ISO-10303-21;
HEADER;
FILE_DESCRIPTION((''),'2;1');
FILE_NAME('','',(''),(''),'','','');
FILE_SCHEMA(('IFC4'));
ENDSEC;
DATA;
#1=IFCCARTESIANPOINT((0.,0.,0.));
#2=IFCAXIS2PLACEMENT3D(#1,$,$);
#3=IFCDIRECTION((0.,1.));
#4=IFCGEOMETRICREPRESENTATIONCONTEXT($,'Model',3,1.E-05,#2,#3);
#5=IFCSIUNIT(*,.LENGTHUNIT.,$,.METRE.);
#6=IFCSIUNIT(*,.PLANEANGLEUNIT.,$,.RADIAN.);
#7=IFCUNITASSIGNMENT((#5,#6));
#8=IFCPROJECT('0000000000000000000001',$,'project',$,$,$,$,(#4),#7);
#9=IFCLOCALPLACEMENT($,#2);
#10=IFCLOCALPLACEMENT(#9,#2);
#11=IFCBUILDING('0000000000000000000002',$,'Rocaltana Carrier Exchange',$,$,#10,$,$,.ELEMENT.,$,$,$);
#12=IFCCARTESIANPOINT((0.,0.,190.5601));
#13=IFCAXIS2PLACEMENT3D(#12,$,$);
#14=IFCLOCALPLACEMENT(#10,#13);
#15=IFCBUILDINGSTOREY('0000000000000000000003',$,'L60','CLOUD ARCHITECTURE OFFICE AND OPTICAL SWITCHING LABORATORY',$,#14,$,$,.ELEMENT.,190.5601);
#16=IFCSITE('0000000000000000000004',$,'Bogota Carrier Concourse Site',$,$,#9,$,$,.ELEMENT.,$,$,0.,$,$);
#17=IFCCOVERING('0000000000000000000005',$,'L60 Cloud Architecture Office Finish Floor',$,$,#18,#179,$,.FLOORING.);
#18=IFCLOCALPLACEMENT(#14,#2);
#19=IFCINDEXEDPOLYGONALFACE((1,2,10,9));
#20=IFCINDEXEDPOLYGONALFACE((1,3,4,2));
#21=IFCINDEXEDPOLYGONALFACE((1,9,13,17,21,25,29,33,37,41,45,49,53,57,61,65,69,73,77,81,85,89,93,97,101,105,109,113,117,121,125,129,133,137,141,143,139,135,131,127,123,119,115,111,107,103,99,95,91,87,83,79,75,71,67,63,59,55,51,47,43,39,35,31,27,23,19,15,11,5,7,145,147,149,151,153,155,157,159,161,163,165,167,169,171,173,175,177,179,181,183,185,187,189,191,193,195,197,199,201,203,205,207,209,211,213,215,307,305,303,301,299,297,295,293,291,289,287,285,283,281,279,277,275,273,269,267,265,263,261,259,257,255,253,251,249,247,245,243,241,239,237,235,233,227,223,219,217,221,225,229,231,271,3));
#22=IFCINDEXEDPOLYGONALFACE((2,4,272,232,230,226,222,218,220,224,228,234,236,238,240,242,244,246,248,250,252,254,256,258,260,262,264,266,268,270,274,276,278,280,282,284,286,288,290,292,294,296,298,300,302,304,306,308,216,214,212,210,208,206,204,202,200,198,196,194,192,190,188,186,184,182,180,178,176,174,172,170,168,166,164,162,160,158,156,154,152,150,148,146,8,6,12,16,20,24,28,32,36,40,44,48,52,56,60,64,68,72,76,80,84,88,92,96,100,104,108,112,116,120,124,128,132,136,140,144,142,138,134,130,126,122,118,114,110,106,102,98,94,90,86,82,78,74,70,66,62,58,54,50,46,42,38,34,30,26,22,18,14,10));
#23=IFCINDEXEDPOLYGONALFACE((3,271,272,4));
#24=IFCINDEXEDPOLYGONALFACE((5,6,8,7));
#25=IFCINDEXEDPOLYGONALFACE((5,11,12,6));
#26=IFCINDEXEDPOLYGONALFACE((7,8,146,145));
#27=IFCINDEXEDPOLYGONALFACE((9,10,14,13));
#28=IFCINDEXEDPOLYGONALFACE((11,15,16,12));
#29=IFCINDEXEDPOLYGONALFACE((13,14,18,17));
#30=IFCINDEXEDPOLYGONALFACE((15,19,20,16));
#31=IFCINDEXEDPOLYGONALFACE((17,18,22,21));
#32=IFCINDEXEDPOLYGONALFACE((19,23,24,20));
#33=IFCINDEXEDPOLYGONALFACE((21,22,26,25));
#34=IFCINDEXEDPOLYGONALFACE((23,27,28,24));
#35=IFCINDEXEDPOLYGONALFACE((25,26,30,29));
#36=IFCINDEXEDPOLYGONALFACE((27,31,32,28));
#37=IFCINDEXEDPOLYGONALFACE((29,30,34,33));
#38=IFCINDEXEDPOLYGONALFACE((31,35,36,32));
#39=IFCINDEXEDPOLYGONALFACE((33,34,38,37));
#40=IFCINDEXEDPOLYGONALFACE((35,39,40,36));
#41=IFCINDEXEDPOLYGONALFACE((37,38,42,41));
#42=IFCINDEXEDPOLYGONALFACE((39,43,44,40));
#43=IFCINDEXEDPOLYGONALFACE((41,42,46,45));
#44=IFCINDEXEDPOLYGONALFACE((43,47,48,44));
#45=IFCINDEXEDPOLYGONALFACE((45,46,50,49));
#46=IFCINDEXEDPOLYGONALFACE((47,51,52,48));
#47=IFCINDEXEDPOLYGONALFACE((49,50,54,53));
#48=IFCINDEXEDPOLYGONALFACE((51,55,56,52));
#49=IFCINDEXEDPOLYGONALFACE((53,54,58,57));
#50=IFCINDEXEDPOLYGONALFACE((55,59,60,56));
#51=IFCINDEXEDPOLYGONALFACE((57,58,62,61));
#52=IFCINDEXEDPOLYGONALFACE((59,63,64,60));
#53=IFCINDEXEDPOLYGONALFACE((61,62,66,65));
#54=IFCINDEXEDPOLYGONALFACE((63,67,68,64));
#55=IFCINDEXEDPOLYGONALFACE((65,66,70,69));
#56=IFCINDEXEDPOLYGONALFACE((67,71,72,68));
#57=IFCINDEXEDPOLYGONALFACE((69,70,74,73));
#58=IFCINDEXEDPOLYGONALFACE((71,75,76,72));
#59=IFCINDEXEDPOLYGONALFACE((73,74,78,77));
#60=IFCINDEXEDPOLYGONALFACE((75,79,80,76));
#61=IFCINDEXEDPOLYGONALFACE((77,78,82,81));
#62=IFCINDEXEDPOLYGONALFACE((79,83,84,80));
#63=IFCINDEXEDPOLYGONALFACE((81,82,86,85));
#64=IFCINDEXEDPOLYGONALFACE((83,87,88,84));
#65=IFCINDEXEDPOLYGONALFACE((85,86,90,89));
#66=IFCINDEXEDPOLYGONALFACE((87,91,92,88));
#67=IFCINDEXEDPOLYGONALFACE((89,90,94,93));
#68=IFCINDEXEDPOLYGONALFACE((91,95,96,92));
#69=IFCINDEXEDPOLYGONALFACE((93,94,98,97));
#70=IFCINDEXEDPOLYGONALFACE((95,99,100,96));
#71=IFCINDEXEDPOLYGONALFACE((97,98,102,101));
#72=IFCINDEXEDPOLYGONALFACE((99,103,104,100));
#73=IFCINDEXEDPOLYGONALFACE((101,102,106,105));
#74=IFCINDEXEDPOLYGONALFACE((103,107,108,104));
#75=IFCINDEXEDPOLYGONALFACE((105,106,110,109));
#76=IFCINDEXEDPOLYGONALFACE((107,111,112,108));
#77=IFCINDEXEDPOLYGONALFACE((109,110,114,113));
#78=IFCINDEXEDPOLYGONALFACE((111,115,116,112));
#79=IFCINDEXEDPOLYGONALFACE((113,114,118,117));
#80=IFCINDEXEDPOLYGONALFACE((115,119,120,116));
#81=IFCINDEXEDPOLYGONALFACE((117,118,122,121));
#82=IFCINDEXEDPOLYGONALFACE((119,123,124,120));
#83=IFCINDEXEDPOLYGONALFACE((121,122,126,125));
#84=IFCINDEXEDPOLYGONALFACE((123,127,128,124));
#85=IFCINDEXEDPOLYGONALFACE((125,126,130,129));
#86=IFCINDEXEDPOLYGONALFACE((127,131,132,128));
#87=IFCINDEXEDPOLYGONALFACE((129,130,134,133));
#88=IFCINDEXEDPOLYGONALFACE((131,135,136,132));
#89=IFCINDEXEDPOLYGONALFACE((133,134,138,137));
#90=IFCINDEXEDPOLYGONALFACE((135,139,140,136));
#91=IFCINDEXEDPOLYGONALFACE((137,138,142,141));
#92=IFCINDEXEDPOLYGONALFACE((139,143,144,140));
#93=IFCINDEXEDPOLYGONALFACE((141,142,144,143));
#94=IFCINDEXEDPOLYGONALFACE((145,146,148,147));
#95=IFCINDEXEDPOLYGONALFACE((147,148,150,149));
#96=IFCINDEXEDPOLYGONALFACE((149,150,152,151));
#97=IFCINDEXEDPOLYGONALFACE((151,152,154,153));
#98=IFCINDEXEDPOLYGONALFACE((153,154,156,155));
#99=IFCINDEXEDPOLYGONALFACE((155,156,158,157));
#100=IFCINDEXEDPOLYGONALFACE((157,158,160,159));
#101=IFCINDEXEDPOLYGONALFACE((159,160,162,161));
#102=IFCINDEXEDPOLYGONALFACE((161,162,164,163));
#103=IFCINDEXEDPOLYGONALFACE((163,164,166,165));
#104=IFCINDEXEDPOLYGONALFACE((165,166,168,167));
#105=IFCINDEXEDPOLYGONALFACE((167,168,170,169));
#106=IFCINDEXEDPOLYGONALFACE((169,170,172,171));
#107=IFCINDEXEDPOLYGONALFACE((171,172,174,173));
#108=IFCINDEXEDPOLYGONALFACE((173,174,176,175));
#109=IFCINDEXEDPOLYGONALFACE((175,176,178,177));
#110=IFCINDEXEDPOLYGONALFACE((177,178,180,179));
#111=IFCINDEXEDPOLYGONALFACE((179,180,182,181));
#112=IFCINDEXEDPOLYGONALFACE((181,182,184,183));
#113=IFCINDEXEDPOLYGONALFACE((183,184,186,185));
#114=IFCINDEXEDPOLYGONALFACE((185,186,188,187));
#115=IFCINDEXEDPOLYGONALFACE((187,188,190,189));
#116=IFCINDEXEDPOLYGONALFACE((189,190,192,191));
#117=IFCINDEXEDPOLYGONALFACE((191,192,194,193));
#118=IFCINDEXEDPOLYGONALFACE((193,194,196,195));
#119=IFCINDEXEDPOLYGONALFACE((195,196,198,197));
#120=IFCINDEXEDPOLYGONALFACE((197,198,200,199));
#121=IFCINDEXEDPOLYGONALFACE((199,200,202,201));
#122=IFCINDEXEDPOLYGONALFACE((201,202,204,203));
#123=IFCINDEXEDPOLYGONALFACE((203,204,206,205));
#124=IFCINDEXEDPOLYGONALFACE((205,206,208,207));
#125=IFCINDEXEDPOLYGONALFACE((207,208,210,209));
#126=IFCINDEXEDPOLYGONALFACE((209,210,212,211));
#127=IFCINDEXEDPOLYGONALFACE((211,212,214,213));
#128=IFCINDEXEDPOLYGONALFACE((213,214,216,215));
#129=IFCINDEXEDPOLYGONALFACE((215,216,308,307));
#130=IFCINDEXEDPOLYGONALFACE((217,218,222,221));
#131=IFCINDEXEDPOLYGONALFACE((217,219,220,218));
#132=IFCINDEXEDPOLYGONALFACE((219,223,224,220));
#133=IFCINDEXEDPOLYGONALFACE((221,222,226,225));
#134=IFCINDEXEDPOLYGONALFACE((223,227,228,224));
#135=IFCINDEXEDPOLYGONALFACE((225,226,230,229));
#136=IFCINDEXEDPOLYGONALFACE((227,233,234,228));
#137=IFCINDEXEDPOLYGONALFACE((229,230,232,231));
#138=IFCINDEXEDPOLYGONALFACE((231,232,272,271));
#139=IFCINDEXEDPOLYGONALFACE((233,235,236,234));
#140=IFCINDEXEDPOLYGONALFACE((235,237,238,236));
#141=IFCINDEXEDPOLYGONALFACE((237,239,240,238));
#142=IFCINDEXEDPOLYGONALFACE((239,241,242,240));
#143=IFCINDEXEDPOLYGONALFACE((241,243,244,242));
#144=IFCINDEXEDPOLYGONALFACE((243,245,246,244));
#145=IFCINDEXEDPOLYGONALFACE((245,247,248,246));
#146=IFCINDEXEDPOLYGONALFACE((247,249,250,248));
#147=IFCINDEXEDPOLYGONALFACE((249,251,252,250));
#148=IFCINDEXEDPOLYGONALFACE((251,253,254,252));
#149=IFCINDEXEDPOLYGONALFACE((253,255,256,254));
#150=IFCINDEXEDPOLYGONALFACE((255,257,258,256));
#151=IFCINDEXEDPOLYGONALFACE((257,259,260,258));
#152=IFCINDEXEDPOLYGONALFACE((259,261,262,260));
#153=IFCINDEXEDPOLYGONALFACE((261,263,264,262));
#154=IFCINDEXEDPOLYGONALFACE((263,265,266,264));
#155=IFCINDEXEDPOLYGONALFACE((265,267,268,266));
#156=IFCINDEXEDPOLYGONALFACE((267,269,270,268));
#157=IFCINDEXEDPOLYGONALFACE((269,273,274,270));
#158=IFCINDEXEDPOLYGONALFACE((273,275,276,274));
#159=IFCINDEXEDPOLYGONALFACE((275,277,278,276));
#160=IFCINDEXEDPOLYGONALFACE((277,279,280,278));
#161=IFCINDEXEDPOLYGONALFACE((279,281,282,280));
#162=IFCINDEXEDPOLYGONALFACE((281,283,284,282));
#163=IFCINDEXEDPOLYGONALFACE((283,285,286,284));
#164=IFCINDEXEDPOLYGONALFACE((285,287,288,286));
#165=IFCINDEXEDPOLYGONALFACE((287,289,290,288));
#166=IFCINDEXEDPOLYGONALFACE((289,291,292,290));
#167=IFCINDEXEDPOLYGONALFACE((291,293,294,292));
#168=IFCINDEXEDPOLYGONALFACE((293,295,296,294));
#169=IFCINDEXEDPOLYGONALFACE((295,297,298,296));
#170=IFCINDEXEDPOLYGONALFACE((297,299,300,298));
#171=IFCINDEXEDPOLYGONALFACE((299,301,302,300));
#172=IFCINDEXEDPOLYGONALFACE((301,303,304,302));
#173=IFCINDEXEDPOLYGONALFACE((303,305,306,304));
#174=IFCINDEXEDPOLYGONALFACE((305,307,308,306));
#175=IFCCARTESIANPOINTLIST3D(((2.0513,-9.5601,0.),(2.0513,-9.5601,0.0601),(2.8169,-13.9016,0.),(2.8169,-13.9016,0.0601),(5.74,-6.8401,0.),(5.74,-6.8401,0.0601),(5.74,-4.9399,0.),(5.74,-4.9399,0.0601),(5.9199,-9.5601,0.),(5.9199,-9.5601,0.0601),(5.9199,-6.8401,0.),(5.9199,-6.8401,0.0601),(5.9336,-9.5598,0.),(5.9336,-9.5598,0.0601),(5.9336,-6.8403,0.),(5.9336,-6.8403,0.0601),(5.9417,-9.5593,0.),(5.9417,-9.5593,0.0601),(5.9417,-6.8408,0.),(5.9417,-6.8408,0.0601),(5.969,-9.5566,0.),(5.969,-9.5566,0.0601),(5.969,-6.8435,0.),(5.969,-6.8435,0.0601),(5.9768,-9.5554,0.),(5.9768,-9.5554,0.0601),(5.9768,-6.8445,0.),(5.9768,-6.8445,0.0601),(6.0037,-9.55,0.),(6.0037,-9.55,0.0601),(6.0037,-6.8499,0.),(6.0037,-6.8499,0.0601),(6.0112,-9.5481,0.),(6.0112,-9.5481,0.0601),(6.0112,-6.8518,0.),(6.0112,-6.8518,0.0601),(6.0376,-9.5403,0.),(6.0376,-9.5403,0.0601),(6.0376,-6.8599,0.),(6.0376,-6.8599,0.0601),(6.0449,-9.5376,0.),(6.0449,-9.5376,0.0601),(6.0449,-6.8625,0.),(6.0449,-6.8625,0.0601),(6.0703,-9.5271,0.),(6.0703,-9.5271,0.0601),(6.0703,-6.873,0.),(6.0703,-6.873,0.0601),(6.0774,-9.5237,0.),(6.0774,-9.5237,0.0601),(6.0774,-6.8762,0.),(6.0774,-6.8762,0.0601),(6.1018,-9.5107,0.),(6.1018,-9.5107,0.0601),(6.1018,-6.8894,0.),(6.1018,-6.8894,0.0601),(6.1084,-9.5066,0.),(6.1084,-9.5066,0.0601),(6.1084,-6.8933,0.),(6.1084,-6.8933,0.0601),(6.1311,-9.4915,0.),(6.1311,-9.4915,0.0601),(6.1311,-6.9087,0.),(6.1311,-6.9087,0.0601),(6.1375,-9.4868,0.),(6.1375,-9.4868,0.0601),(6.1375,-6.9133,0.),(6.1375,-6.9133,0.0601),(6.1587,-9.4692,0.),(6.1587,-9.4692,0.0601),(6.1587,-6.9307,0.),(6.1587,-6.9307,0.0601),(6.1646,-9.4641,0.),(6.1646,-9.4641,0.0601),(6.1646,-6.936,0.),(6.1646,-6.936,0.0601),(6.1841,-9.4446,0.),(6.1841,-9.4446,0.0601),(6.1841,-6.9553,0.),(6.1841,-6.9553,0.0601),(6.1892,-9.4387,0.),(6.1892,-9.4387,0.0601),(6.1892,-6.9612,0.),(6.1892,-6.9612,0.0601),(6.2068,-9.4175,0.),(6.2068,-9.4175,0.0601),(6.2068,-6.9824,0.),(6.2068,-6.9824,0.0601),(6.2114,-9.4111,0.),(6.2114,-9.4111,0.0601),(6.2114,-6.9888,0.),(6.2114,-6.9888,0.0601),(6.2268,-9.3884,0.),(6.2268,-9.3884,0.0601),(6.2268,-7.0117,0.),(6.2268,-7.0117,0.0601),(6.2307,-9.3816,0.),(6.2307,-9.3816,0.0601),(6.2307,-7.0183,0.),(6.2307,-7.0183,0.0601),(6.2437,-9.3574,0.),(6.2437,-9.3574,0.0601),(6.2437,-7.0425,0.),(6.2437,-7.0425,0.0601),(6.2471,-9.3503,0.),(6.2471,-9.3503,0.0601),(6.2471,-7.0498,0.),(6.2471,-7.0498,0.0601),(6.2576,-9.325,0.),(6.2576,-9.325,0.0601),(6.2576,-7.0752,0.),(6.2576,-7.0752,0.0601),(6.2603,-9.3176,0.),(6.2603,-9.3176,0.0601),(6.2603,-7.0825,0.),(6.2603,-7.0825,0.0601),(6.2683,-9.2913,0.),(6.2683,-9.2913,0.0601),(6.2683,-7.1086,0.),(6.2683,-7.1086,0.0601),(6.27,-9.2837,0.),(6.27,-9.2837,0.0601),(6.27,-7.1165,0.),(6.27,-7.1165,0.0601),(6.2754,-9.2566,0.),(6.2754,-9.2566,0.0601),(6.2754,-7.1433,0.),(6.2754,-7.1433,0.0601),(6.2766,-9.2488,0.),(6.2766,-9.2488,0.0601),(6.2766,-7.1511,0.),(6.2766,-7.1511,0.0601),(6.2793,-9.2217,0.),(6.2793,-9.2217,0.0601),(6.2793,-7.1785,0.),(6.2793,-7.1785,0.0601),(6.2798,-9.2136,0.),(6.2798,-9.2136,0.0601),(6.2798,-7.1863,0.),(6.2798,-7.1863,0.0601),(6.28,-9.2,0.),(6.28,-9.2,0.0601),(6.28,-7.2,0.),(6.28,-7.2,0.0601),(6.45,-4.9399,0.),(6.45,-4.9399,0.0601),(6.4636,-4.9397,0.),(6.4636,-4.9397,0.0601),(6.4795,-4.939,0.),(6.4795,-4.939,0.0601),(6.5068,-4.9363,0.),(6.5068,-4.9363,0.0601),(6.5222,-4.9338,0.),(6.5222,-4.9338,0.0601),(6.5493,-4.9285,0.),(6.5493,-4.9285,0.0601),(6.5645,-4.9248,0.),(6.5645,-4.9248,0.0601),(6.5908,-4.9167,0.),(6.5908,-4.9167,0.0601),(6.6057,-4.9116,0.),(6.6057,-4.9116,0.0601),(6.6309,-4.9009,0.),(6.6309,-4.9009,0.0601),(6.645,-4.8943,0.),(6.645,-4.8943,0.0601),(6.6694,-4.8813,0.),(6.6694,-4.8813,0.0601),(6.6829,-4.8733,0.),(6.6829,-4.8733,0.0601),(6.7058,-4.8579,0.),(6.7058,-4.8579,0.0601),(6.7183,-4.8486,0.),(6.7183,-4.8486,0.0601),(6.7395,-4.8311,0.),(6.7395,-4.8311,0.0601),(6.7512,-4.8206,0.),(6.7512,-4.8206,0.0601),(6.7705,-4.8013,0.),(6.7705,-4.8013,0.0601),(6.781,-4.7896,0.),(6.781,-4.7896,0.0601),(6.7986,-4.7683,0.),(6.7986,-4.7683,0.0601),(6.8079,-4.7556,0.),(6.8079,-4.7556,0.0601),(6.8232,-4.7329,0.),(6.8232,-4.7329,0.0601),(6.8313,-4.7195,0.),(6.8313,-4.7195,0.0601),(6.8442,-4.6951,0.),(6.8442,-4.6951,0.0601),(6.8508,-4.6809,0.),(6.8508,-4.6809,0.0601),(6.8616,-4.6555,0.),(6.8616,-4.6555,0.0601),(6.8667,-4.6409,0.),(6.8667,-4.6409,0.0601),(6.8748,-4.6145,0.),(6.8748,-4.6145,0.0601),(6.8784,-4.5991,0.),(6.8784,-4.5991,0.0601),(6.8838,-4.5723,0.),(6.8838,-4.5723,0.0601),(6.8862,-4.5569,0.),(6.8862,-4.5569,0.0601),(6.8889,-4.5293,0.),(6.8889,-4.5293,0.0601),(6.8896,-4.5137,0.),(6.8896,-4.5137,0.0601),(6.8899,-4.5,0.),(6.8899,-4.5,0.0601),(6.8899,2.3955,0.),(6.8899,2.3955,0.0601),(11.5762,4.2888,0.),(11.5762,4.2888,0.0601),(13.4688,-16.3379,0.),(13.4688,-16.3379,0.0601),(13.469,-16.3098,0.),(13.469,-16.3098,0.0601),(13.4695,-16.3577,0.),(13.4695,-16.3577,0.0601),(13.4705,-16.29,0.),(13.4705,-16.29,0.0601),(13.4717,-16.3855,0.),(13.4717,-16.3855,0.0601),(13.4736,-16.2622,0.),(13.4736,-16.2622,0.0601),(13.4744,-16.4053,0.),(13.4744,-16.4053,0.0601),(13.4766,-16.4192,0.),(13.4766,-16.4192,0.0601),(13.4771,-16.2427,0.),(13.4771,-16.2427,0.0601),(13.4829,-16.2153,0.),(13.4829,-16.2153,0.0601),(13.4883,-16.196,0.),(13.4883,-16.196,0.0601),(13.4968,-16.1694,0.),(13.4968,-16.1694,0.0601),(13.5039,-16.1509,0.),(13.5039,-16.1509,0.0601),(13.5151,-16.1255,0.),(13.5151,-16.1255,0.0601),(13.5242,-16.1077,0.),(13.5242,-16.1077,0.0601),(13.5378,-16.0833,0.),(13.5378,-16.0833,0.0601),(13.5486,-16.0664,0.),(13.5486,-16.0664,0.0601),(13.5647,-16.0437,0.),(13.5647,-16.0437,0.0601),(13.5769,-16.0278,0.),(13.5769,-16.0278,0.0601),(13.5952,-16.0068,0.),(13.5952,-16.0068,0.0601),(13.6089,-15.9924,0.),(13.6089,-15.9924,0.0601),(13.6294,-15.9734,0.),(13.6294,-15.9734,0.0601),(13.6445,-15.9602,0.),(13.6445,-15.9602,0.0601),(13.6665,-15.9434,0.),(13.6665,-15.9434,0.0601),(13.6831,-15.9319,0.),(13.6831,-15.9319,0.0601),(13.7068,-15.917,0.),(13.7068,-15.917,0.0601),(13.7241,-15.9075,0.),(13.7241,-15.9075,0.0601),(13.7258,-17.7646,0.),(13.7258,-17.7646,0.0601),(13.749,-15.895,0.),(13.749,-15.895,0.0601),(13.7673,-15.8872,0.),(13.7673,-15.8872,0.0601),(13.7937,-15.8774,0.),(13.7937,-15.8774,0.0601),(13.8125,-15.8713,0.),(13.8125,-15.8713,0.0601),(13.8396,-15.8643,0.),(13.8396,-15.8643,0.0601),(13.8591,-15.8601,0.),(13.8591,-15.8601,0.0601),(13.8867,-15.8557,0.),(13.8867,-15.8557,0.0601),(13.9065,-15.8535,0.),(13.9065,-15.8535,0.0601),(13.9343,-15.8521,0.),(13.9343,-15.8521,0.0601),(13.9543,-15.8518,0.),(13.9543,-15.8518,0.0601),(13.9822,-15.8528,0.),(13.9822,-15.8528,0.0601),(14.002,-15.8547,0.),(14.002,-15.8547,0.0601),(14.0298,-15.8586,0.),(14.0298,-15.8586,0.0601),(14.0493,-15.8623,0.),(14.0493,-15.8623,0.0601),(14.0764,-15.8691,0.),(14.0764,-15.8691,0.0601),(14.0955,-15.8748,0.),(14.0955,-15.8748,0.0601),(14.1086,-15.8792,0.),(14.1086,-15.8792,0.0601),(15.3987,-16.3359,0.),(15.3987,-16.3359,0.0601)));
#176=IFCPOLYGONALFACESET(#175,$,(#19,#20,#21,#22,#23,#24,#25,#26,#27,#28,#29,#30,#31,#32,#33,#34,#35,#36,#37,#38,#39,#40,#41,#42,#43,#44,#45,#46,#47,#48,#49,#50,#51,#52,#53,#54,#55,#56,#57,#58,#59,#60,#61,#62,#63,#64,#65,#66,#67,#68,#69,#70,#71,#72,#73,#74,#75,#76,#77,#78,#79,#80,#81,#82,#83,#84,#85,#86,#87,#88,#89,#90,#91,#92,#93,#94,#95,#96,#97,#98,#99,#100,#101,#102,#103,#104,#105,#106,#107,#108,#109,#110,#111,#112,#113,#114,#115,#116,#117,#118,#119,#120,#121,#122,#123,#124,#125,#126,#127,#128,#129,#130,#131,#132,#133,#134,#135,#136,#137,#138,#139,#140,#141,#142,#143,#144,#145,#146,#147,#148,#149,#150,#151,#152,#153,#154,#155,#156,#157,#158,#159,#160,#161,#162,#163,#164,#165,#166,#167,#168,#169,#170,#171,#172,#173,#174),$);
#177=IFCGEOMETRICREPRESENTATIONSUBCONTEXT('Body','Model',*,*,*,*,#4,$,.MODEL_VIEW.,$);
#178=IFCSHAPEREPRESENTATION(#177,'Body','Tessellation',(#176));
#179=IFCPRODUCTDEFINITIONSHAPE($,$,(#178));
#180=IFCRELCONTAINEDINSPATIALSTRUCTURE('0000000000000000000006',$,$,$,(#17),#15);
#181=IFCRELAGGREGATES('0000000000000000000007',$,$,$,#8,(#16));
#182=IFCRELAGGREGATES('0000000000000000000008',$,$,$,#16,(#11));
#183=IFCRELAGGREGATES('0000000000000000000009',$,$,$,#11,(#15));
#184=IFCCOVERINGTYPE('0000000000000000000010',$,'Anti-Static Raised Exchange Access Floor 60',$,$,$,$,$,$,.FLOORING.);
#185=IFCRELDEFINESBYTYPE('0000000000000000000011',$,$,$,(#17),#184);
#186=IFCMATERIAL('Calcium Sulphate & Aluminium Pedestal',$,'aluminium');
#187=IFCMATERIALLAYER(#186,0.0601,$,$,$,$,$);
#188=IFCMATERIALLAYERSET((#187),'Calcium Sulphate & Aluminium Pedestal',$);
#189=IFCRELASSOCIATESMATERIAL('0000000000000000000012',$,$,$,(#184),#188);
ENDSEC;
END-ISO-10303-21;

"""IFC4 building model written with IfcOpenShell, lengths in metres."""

from ifc_helpers import new_model, si_unit, direction, frame, origin, place, context, subcontext, project, spatial, polyline, outline, extrude, material, layer, layer_set, type_object, element, save


model = new_model("IFC4")

# Units and contexts
model_context = context("Model", 3, precision=1e-05, world=origin(), true_north=direction((0.0, 1.0)))
body_context = subcontext(model_context, "Body", "Model", "MODEL_VIEW")
ifc_project = project(units=[si_unit("LENGTHUNIT", "METRE"), si_unit("PLANEANGLEUNIT", "RADIAN")], contexts=[model_context])

# Site, building, storey
site_placement = place(None, origin())
site = spatial("IfcSite", under=ifc_project, at=site_placement, Name="Bogota Carrier Concourse Site", CompositionType="ELEMENT", RefElevation=0.0)
building_placement = place(site_placement, origin())
building = spatial("IfcBuilding", under=site, at=building_placement, Name="Rocaltana Carrier Exchange", CompositionType="ELEMENT")
storey_placement = place(building_placement, frame((0.0, 0.0, 190.5601)))
storey = spatial("IfcBuildingStorey", under=building, at=storey_placement, Name="L60", Description="CLOUD ARCHITECTURE OFFICE AND OPTICAL SWITCHING LABORATORY", CompositionType="ELEMENT", Elevation=190.5601)

# Covering
ifc_material_1 = material(Name="Calcium Sulphate & Aluminium Pedestal", Category="aluminium")
ifc_layer_1 = layer(ifc_material_1, 0.0601)
ifc_layer_set_1 = layer_set([ifc_layer_1], Name="Calcium Sulphate & Aluminium Pedestal")
covering_type_1 = type_object("IfcCoveringType", Name="Anti-Static Raised Exchange Access Floor 60", PredefinedType="FLOORING", material=ifc_layer_set_1)
covering_1_placement = place(storey_placement, origin())
element("IfcCovering", 1, at=covering_1_placement, inside=storey, type_object=covering_type_1, Name="L60 Cloud Architecture Office Finish Floor", PredefinedType="FLOORING", context=body_context, shape_type="SweptSolid", body=[
    extrude(outline(polyline([(5.74, -6.8401), (5.74, -4.9399), (6.45, -4.9399), (6.4636, -4.9397), (6.4795, -4.939), (6.5068, -4.9363), (6.5222, -4.9338), (6.5493, -4.9285), (6.5645, -4.9248), (6.5908, -4.9167), (6.6057, -4.9116), (6.6309, -4.9009), (6.645, -4.8943), (6.6694, -4.8813), (6.6829, -4.8733), (6.7058, -4.8579), (6.7183, -4.8486), (6.7395, -4.8311), (6.7512, -4.8206), (6.7705, -4.8013), (6.781, -4.7896), (6.7986, -4.7683), (6.8079, -4.7556), (6.8232, -4.7329), (6.8313, -4.7195), (6.8442, -4.6951), (6.8508, -4.6809), (6.8616, -4.6555), (6.8667, -4.6409), (6.8748, -4.6145), (6.8784, -4.5991), (6.8838, -4.5723), (6.8862, -4.5569), (6.8889, -4.5293), (6.8896, -4.5137), (6.8899, -4.5), (6.8899, 2.3955), (11.5762, 4.2888), (15.3987, -16.3359), (14.1086, -15.8792), (14.0955, -15.8748), (14.0764, -15.8691), (14.0493, -15.8623), (14.0298, -15.8586), (14.002, -15.8547), (13.9822, -15.8528), (13.9543, -15.8518), (13.9343, -15.8521), (13.9065, -15.8535), (13.8867, -15.8557), (13.8591, -15.8601), (13.8396, -15.8643), (13.8125, -15.8713), (13.7937, -15.8774), (13.7673, -15.8872), (13.749, -15.895), (13.7241, -15.9075), (13.7068, -15.917), (13.6831, -15.9319), (13.6665, -15.9434), (13.6445, -15.9602), (13.6294, -15.9734), (13.6089, -15.9924), (13.5952, -16.0068), (13.5769, -16.0278), (13.5647, -16.0437), (13.5486, -16.0664), (13.5378, -16.0833), (13.5242, -16.1077), (13.5151, -16.1255), (13.5039, -16.1509), (13.4968, -16.1694), (13.4883, -16.196), (13.4829, -16.2153), (13.4771, -16.2427), (13.4736, -16.2622), (13.4705, -16.29), (13.469, -16.3098), (13.4688, -16.3379), (13.4695, -16.3577), (13.4717, -16.3855), (13.4744, -16.4053), (13.4766, -16.4192), (13.7258, -17.7646), (2.8169, -13.9016), (2.0513, -9.5601), (5.9199, -9.5601), (5.9336, -9.5598), (5.9417, -9.5593), (5.969, -9.5566), (5.9768, -9.5554), (6.0037, -9.55), (6.0112, -9.5481), (6.0376, -9.5403), (6.0449, -9.5376), (6.0703, -9.5271), (6.0774, -9.5237), (6.1018, -9.5107), (6.1084, -9.5066), (6.1311, -9.4915), (6.1375, -9.4868), (6.1587, -9.4692), (6.1646, -9.4641), (6.1841, -9.4446), (6.1892, -9.4387), (6.2068, -9.4175), (6.2114, -9.4111), (6.2268, -9.3884), (6.2307, -9.3816), (6.2437, -9.3574), (6.2471, -9.3503), (6.2576, -9.325), (6.2603, -9.3176), (6.2683, -9.2913), (6.27, -9.2837), (6.2754, -9.2566), (6.2766, -9.2488), (6.2793, -9.2217), (6.2798, -9.2136), (6.28, -9.2), (6.28, -7.2), (6.2798, -7.1863), (6.2793, -7.1785), (6.2766, -7.1511), (6.2754, -7.1433), (6.27, -7.1165), (6.2683, -7.1086), (6.2603, -7.0825), (6.2576, -7.0752), (6.2471, -7.0498), (6.2437, -7.0425), (6.2307, -7.0183), (6.2268, -7.0117), (6.2114, -6.9888), (6.2068, -6.9824), (6.1892, -6.9612), (6.1841, -6.9553), (6.1646, -6.936), (6.1587, -6.9307), (6.1375, -6.9133), (6.1311, -6.9087), (6.1084, -6.8933), (6.1018, -6.8894), (6.0774, -6.8762), (6.0703, -6.873), (6.0449, -6.8625), (6.0376, -6.8599), (6.0112, -6.8518), (6.0037, -6.8499), (5.9768, -6.8445), (5.969, -6.8435), (5.9417, -6.8408), (5.9336, -6.8403), (5.9199, -6.8401), (5.74, -6.8401)])), origin(), (0.0, 0.0, 1.0), 0.0601),
])

save(model, "model.ifc")
